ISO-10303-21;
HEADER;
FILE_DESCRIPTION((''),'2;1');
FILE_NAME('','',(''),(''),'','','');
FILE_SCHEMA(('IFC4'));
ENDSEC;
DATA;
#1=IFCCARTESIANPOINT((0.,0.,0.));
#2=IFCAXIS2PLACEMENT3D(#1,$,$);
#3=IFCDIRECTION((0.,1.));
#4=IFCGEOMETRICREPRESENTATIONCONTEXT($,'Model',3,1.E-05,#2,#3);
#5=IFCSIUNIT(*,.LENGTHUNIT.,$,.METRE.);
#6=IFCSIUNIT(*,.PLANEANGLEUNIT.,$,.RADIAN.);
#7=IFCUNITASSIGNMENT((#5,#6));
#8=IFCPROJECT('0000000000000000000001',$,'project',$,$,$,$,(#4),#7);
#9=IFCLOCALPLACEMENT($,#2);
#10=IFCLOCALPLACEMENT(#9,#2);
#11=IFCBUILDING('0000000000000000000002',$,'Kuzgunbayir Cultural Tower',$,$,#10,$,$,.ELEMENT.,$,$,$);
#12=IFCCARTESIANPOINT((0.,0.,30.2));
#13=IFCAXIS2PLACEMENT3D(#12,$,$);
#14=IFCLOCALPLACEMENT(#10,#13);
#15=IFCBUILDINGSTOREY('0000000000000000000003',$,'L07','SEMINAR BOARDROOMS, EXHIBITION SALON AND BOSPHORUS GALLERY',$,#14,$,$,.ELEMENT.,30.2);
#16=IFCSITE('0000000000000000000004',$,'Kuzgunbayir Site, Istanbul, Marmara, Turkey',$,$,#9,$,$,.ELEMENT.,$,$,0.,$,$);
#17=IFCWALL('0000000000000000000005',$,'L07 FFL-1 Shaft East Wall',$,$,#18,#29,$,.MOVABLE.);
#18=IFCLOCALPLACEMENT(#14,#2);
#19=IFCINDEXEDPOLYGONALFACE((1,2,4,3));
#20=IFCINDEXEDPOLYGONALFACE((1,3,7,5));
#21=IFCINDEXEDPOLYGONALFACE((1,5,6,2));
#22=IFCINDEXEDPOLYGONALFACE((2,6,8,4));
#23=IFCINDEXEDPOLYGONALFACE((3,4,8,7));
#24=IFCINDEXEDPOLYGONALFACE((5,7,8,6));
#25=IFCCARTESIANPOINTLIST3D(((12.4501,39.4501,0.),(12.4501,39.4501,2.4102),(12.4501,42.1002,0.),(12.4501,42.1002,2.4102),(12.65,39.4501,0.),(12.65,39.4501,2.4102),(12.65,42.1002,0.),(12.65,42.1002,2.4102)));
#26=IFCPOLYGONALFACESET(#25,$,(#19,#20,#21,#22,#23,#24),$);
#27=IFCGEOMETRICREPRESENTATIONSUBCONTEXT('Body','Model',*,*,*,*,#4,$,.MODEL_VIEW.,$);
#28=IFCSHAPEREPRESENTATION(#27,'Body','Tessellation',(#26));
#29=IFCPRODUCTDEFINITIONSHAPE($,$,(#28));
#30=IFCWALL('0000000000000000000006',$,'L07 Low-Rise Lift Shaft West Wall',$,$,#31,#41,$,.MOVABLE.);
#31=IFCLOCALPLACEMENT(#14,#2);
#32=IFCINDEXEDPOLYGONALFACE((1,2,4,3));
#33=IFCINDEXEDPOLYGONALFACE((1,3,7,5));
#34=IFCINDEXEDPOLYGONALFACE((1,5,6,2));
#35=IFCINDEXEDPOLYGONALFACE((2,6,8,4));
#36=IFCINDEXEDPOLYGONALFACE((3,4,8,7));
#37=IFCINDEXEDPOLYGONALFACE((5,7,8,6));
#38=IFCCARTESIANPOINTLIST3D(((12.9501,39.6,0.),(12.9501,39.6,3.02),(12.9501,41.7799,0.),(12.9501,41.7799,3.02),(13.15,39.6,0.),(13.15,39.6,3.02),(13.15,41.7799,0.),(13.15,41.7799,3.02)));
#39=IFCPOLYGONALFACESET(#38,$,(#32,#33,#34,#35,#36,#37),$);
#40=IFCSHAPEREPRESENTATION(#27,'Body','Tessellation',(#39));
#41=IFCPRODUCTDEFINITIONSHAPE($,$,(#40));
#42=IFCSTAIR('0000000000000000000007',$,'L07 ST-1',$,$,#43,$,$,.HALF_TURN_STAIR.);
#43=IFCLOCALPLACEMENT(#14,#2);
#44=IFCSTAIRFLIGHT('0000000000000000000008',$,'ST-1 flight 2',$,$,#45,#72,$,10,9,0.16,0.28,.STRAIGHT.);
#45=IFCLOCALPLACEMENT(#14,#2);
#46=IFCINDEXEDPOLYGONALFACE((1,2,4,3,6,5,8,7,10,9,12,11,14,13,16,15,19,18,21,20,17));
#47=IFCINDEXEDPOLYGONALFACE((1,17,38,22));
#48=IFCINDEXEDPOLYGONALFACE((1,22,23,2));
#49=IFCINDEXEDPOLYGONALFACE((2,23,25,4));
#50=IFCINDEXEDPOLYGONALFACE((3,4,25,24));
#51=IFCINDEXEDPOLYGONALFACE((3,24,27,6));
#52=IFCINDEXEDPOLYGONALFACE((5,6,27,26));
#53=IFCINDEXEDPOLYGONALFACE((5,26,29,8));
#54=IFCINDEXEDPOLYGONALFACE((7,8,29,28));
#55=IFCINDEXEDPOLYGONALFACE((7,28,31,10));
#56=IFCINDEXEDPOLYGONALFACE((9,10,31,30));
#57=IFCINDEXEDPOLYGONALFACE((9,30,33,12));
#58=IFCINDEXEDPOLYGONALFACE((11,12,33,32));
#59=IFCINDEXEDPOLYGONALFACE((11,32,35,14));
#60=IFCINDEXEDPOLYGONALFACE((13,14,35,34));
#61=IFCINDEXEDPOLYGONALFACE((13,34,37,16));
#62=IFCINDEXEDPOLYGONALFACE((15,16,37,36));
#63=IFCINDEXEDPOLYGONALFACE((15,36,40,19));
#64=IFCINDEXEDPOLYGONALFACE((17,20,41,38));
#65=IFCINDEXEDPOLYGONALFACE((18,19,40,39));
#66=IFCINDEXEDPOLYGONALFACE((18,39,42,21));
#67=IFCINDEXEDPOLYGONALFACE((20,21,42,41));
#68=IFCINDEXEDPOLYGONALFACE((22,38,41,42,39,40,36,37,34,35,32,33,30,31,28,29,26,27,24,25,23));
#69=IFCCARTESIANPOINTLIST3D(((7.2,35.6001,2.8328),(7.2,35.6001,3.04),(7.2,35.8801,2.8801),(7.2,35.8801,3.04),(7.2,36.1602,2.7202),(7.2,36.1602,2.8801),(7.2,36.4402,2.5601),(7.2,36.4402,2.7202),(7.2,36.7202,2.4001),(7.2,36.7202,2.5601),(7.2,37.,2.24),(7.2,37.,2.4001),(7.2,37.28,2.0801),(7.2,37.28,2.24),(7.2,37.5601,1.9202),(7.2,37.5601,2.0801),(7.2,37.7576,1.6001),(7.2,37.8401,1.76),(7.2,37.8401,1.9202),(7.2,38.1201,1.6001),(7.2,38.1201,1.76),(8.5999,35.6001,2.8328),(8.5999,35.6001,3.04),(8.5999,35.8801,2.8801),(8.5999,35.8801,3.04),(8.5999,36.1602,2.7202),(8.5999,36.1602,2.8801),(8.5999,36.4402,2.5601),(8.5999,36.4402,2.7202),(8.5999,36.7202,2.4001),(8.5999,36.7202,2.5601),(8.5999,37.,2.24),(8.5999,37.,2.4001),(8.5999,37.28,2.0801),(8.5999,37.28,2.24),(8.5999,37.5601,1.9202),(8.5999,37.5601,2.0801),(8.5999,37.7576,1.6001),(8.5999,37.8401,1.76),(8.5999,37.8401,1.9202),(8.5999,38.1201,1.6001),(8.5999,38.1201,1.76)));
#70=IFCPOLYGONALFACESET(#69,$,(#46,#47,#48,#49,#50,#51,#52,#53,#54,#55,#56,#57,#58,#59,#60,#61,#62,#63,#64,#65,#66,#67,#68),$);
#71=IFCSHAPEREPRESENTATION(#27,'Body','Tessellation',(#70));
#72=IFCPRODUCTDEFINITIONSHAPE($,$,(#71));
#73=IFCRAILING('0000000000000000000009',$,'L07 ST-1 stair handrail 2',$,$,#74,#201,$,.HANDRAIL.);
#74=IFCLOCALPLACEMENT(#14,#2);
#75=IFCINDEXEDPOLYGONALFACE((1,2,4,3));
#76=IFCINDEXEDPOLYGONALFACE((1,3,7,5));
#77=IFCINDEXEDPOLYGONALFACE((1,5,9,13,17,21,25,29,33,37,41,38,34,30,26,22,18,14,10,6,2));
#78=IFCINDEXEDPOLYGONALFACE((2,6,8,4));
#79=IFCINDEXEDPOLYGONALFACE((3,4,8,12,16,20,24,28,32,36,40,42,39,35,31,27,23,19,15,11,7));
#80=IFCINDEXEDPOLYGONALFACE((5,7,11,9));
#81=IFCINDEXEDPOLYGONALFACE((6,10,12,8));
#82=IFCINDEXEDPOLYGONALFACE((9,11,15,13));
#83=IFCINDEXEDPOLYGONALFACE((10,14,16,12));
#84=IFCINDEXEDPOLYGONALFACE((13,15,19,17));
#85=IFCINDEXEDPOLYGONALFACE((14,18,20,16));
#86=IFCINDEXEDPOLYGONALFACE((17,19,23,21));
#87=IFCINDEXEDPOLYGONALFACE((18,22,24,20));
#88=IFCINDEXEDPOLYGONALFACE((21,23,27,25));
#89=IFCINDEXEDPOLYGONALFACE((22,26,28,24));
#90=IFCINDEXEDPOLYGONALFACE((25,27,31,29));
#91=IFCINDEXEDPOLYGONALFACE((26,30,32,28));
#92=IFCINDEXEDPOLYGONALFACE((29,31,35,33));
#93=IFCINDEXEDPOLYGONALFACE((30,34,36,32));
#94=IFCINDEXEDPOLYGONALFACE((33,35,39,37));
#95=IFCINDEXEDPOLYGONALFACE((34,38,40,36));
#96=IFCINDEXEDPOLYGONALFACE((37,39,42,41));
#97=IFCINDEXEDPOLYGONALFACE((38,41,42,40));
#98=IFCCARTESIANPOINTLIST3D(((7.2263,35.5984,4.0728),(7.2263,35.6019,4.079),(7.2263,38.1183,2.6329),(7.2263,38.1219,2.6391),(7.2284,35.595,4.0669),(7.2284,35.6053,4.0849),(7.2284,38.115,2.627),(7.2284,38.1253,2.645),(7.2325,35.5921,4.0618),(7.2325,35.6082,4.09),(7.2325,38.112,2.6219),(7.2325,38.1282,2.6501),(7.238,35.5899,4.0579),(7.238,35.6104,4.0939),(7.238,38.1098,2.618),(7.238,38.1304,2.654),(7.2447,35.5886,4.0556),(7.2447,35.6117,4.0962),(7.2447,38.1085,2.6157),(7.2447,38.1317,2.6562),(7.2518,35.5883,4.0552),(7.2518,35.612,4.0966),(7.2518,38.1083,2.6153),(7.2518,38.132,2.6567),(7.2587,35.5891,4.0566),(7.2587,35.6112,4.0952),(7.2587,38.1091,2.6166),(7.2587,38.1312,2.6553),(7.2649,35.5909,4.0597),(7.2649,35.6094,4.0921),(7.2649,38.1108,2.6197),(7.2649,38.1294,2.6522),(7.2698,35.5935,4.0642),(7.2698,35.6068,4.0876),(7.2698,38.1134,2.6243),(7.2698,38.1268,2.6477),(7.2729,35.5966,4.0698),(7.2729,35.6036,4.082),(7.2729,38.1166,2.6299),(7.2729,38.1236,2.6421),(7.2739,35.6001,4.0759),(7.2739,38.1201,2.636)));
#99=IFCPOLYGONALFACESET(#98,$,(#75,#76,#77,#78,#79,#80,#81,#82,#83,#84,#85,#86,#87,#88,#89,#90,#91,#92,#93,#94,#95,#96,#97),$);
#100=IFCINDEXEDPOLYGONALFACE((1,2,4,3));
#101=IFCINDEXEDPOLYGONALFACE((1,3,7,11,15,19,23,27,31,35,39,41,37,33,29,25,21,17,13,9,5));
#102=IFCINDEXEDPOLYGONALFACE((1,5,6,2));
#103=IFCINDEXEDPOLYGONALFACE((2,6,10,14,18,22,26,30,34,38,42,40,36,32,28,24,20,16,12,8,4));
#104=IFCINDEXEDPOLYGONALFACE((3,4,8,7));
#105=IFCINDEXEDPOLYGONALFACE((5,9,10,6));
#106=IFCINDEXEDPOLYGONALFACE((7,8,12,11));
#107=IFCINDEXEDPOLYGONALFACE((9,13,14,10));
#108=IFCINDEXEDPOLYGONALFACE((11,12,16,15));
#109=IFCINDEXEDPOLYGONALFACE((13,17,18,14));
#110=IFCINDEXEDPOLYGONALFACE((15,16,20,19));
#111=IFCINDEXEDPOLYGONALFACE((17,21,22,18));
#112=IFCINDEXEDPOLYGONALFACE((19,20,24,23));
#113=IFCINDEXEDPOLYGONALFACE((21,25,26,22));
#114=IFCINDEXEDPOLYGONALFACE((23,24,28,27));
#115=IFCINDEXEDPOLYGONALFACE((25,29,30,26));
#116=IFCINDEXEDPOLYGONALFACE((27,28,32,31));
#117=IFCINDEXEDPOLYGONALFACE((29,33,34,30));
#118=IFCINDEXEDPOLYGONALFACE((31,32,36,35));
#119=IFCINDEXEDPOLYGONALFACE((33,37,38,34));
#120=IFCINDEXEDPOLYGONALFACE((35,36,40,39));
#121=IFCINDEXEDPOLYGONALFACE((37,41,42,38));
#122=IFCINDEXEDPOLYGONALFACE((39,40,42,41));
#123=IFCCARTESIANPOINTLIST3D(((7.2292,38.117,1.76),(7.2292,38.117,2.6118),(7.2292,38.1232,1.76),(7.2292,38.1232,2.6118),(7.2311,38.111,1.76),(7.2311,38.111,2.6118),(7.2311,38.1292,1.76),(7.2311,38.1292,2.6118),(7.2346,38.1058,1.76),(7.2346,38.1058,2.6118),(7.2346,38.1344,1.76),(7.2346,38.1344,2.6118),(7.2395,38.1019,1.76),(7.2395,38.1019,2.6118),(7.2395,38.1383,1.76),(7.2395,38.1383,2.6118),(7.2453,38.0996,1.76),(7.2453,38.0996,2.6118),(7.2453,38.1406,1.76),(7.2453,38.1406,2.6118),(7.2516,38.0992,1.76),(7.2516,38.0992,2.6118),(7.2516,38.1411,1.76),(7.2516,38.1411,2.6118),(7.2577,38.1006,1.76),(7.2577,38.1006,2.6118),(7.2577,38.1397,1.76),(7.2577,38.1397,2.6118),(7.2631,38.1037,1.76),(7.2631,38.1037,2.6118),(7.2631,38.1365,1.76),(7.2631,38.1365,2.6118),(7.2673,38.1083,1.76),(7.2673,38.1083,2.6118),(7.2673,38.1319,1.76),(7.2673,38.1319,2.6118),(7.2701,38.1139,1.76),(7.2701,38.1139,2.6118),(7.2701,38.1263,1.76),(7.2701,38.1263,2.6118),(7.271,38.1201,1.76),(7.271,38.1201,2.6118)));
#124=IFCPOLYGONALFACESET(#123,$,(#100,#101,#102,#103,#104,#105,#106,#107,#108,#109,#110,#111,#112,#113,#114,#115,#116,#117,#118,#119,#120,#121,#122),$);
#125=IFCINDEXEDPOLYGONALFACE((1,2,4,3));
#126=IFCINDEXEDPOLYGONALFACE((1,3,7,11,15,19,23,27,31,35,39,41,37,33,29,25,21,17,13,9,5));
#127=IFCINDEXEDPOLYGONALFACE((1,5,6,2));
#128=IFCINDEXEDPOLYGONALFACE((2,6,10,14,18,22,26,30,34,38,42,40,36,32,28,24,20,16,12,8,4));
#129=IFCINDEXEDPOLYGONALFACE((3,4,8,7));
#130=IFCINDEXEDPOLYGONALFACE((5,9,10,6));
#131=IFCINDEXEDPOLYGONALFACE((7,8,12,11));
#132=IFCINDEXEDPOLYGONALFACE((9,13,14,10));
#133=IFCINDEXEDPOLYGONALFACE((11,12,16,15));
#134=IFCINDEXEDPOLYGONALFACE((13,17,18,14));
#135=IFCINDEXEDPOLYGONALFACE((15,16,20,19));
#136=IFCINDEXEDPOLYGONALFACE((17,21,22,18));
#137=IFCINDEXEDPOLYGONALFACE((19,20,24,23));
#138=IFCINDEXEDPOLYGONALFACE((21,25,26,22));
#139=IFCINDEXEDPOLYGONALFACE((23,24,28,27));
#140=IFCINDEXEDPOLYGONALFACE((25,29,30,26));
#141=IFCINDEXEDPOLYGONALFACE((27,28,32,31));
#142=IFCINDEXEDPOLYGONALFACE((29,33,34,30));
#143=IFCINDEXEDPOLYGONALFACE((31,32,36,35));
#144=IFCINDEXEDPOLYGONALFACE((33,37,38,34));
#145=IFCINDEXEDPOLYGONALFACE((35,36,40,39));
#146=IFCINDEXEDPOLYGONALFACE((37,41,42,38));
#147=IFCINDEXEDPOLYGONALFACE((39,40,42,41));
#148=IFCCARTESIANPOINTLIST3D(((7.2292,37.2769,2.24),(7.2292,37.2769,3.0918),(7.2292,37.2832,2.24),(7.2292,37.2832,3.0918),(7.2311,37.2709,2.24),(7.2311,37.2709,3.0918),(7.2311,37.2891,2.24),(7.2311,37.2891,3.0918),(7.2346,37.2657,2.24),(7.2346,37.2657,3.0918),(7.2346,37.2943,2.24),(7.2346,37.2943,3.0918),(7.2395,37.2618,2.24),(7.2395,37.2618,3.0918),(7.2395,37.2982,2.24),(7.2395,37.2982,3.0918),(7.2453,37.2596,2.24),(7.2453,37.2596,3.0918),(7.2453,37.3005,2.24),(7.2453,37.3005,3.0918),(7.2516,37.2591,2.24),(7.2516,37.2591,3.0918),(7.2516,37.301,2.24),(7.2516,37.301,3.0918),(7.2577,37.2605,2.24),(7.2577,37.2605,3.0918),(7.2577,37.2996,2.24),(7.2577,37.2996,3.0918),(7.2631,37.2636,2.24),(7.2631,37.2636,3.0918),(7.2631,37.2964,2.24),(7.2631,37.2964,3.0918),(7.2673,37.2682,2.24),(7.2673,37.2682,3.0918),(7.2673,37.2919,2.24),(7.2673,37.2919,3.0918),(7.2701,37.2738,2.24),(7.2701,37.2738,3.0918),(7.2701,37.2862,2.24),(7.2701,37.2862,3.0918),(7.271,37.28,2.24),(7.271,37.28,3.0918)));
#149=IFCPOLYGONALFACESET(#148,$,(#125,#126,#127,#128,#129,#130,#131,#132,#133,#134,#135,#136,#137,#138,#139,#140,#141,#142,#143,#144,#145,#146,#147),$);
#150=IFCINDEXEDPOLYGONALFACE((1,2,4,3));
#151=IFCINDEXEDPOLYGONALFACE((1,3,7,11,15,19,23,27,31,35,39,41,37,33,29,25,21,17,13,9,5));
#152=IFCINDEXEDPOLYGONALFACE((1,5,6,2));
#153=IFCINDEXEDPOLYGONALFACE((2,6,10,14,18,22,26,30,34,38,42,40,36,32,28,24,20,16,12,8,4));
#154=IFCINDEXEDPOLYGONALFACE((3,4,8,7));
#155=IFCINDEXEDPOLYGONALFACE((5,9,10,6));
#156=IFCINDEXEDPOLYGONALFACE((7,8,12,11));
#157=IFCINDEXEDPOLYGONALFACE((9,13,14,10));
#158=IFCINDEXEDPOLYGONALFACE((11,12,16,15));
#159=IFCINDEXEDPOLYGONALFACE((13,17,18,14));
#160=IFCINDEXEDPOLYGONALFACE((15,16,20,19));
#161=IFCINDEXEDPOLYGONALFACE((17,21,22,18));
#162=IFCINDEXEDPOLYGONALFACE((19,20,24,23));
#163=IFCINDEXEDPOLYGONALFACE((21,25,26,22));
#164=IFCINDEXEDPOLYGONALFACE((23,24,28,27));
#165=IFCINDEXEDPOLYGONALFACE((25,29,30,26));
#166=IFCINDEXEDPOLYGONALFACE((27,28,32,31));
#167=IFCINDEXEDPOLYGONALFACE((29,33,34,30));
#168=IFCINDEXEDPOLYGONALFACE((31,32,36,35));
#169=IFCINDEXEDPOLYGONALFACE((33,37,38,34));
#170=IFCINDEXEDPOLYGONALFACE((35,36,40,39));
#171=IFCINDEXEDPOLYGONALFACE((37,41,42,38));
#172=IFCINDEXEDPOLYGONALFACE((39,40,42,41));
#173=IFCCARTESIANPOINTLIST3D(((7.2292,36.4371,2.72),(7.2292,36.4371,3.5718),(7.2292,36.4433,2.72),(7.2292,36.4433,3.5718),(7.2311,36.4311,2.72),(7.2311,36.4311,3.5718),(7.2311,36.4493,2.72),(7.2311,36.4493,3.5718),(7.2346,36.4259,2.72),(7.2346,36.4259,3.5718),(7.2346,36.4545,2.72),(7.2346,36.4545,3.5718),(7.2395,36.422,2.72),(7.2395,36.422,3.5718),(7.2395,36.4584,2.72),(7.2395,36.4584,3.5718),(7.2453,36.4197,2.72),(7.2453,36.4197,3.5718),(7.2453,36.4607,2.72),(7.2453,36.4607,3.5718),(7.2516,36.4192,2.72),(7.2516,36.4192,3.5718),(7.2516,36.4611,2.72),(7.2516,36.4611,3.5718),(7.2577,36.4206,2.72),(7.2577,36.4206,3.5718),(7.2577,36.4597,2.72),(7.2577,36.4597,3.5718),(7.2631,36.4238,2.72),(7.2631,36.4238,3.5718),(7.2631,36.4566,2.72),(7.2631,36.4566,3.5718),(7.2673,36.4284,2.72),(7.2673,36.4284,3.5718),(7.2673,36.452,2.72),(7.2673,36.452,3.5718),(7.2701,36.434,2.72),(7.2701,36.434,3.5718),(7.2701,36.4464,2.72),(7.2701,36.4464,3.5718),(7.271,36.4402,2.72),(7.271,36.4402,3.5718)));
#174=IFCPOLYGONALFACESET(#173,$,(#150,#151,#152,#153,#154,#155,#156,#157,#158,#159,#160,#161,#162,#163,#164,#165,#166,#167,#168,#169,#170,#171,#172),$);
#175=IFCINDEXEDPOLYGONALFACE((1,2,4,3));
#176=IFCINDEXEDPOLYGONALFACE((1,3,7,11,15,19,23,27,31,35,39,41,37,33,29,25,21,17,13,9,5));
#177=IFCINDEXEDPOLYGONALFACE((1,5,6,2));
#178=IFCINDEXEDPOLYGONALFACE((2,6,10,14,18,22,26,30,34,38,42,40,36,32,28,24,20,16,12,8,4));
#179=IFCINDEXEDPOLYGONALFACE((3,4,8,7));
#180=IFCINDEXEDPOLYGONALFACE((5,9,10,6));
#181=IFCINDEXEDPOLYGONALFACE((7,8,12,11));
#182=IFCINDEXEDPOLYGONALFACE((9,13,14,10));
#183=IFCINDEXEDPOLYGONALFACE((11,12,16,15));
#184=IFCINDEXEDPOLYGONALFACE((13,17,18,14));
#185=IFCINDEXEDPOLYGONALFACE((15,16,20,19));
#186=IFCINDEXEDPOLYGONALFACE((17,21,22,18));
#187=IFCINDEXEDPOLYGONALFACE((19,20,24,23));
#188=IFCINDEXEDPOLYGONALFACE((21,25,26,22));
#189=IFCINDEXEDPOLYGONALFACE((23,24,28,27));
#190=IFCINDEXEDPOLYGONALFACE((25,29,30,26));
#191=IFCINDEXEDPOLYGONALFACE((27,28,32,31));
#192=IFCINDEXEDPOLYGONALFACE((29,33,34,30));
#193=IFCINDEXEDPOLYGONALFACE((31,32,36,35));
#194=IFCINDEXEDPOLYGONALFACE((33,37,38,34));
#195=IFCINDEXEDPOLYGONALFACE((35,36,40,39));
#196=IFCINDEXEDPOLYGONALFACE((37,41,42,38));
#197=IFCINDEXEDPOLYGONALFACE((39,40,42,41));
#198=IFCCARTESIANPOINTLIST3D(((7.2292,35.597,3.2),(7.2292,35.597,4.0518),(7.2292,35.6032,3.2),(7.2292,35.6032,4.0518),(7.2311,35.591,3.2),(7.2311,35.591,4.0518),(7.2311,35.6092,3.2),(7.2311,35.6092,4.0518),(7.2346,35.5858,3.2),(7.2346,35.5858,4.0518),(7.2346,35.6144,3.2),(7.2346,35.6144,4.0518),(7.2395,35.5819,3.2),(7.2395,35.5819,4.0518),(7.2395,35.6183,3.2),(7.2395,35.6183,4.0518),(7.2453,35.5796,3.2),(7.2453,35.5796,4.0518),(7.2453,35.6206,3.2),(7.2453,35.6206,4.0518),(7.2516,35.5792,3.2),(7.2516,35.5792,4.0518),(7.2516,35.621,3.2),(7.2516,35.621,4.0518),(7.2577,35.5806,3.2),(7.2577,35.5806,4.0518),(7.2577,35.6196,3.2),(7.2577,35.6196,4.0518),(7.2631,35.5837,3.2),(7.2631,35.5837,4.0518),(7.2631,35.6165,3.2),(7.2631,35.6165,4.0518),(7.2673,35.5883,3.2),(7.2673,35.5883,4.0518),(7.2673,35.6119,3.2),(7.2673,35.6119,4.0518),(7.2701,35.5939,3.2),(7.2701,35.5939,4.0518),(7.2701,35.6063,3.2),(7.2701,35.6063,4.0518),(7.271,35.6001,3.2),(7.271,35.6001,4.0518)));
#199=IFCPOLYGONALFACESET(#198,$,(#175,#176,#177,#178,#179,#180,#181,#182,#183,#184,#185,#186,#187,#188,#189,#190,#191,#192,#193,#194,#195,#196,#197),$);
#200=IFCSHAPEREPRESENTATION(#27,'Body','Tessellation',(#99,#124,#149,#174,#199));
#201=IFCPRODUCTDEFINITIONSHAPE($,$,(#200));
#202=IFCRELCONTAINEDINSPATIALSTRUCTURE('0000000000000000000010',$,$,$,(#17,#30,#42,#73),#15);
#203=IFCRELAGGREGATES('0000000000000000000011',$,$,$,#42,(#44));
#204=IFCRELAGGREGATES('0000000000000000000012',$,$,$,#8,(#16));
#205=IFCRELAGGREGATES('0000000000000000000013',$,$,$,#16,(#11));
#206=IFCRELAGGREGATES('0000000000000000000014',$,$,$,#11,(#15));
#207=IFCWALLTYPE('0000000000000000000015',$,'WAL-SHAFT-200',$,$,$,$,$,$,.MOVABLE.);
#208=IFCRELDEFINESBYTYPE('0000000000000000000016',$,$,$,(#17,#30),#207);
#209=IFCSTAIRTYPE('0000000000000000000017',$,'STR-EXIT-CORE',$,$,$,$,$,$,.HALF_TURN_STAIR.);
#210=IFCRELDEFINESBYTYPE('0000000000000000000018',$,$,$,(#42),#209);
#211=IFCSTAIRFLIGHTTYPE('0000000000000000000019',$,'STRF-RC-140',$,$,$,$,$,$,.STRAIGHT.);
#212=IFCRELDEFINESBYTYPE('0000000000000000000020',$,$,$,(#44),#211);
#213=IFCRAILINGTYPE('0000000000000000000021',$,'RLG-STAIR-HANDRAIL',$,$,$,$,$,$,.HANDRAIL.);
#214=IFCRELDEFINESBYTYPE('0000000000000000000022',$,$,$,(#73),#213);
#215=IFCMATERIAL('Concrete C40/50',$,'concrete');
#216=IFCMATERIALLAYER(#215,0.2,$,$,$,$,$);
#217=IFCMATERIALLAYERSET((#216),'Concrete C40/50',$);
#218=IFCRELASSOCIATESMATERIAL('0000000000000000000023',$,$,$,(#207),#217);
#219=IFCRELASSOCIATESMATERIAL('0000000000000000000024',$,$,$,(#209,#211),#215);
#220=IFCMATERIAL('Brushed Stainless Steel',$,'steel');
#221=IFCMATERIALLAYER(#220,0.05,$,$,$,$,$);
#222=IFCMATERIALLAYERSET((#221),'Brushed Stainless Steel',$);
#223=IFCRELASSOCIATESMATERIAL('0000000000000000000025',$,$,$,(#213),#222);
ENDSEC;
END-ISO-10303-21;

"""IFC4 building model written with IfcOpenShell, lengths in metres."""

from ifc_helpers import new_model, si_unit, direction, frame, frame_2d, origin, origin_2d, place, context, subcontext, project, spatial, polyline, rectangle, circle, outline, extrude, material, layer, layer_set, type_object, element, aggregate, save


model = new_model("IFC4")

# Units and contexts
model_context = context("Model", 3, precision=1e-05, world=origin(), true_north=direction((0.0, 1.0)))
body_context = subcontext(model_context, "Body", "Model", "MODEL_VIEW")
ifc_project = project(units=[si_unit("LENGTHUNIT", "METRE"), si_unit("PLANEANGLEUNIT", "RADIAN")], contexts=[model_context])

# Site, building, storey
site_placement = place(None, origin())
site = spatial("IfcSite", under=ifc_project, at=site_placement, Name="Kuzgunbayir Site, Istanbul, Marmara, Turkey", CompositionType="ELEMENT", RefElevation=0.0)
building_placement = place(site_placement, origin())
building = spatial("IfcBuilding", under=site, at=building_placement, Name="Kuzgunbayir Cultural Tower", CompositionType="ELEMENT")
storey_placement = place(building_placement, frame((0.0, 0.0, 30.2)))
storey = spatial("IfcBuildingStorey", under=building, at=storey_placement, Name="L07", Description="SEMINAR BOARDROOMS, EXHIBITION SALON AND BOSPHORUS GALLERY", CompositionType="ELEMENT", Elevation=30.2)

# Shared definitions
ifc_material_1 = material(Name="Concrete C40/50", Category="concrete")
ifc_layer_1 = layer(ifc_material_1, 0.2)
ifc_layer_set_1 = layer_set([ifc_layer_1], Name="Concrete C40/50")
wall_type_1 = type_object("IfcWallType", Name="WAL-SHAFT-200", PredefinedType="MOVABLE", material=ifc_layer_set_1)
ifc_material_2 = material(Name="Brushed Stainless Steel", Category="steel")

# Wall
for number, where, z_axis, x_axis, name in (
    (1, (12.55, 39.45, 0.0), (0.0, 0.0, 1.0), (0.0, 1.0, 0.0), "L07 FFL-1 Shaft East Wall"),
):
    element("IfcWall", number, at=place(storey_placement, frame(where, z_axis=z_axis, x_axis=x_axis)), inside=storey, type_object=wall_type_1, Name=name, PredefinedType="MOVABLE", context=body_context, shape_type="SweptSolid", body=[
        extrude(rectangle(XDim=2.6501, YDim=0.2, at=frame_2d((1.3252, 0.0))), origin(), (0.0, 0.0, 1.0), 2.4102),
    ])

# Wall
wall_1_placement = place(storey_placement, frame((13.05, 39.6001, 0.0), z_axis=(0.0, 0.0, 1.0), x_axis=(0.0, 1.0, 0.0)))
element("IfcWall", 2, at=wall_1_placement, inside=storey, type_object=wall_type_1, Name="L07 Low-Rise Lift Shaft West Wall", PredefinedType="MOVABLE", context=body_context, shape_type="SweptSolid", body=[
    extrude(rectangle(XDim=2.1799, YDim=0.2, at=frame_2d((1.0898, 0.0))), origin(), (0.0, 0.0, 1.0), 3.02),
])

# Stair, stair flight
stair_type = type_object("IfcStairType", Name="STR-EXIT-CORE", PredefinedType="HALF_TURN_STAIR", material=ifc_material_1)
stair_placement = place(storey_placement, origin())
stair = element("IfcStair", 3, at=stair_placement, inside=storey, type_object=stair_type, Name="L07 ST-1", PredefinedType="HALF_TURN_STAIR")
stair_flight_type = type_object("IfcStairFlightType", Name="STRF-RC-140", PredefinedType="STRAIGHT", material=ifc_material_1)
stair_flight_placement = place(storey_placement, frame((7.8999, 38.1201, 1.6001), z_axis=(0.0, 0.0, 1.0), x_axis=(0.0, -1.0, 0.0)))
stair_flight = element("IfcStairFlight", 4, at=stair_flight_placement, type_object=stair_flight_type, Name="ST-1 flight 2", NumberOfRisers=10, NumberOfTreads=9, PredefinedType="STRAIGHT", RiserHeight=0.16, TreadLength=0.28, context=body_context, shape_type="SweptSolid", body=[
    extrude(outline(polyline([(0.0, 0.0), (0.0, 0.1599), (0.28, 0.1599), (0.28, 0.3201), (0.5601, 0.3201), (0.5601, 0.48), (0.8401, 0.48), (0.8401, 0.6399), (1.1201, 0.6399), (1.1201, 0.8), (1.3999, 0.8), (1.3999, 0.96), (1.6799, 0.96), (1.6799, 1.1201), (1.96, 1.1201), (1.96, 1.28), (2.24, 1.28), (2.24, 1.4399), (2.52, 1.4399), (2.52, 1.6001), (2.52, 1.2327), (0.3625, 0.0), (0.0, 0.0)])), frame((0.0, 0.7, 0.0), z_axis=(0.0, -1.0, 0.0), x_axis=(1.0, 0.0, 0.0)), (0.0, 0.0, 1.0), 1.3999),
])
aggregate(stair, [stair_flight])

# Railing
ifc_layer_2 = layer(ifc_material_2, 0.05)
ifc_layer_set_2 = layer_set([ifc_layer_2], Name="Brushed Stainless Steel")
railing_type_1 = type_object("IfcRailingType", Name="RLG-STAIR-HANDRAIL", PredefinedType="HANDRAIL", material=ifc_layer_set_2)
railing_1_placement = place(storey_placement, frame((7.25, 38.1201, 1.76)))
element("IfcRailing", 5, at=railing_1_placement, inside=storey, type_object=railing_type_1, Name="L07 ST-1 stair handrail 2", PredefinedType="HANDRAIL", context=body_context, shape_type="SweptSolid", body=[
    extrude(circle(Radius=0.0239, at=origin_2d()), frame((0.0, 0.0, 0.876), z_axis=(0.0, -0.868253, 0.496121), x_axis=(1.0, 0.0, 0.0)), (0.0, 0.0, 1.0), 2.9023),
    extrude(circle(Radius=0.021, at=origin_2d()), origin(), (0.0, 0.0, 1.0), 0.8518),
    extrude(circle(Radius=0.021, at=origin_2d()), frame((0.0, -0.8401, 0.48)), (0.0, 0.0, 1.0), 0.8518),
    extrude(circle(Radius=0.021, at=origin_2d()), frame((0.0, -1.6799, 0.96)), (0.0, 0.0, 1.0), 0.8518),
    extrude(circle(Radius=0.021, at=origin_2d()), frame((0.0, -2.52, 1.4399)), (0.0, 0.0, 1.0), 0.8518),
])

save(model, "model.ifc")
